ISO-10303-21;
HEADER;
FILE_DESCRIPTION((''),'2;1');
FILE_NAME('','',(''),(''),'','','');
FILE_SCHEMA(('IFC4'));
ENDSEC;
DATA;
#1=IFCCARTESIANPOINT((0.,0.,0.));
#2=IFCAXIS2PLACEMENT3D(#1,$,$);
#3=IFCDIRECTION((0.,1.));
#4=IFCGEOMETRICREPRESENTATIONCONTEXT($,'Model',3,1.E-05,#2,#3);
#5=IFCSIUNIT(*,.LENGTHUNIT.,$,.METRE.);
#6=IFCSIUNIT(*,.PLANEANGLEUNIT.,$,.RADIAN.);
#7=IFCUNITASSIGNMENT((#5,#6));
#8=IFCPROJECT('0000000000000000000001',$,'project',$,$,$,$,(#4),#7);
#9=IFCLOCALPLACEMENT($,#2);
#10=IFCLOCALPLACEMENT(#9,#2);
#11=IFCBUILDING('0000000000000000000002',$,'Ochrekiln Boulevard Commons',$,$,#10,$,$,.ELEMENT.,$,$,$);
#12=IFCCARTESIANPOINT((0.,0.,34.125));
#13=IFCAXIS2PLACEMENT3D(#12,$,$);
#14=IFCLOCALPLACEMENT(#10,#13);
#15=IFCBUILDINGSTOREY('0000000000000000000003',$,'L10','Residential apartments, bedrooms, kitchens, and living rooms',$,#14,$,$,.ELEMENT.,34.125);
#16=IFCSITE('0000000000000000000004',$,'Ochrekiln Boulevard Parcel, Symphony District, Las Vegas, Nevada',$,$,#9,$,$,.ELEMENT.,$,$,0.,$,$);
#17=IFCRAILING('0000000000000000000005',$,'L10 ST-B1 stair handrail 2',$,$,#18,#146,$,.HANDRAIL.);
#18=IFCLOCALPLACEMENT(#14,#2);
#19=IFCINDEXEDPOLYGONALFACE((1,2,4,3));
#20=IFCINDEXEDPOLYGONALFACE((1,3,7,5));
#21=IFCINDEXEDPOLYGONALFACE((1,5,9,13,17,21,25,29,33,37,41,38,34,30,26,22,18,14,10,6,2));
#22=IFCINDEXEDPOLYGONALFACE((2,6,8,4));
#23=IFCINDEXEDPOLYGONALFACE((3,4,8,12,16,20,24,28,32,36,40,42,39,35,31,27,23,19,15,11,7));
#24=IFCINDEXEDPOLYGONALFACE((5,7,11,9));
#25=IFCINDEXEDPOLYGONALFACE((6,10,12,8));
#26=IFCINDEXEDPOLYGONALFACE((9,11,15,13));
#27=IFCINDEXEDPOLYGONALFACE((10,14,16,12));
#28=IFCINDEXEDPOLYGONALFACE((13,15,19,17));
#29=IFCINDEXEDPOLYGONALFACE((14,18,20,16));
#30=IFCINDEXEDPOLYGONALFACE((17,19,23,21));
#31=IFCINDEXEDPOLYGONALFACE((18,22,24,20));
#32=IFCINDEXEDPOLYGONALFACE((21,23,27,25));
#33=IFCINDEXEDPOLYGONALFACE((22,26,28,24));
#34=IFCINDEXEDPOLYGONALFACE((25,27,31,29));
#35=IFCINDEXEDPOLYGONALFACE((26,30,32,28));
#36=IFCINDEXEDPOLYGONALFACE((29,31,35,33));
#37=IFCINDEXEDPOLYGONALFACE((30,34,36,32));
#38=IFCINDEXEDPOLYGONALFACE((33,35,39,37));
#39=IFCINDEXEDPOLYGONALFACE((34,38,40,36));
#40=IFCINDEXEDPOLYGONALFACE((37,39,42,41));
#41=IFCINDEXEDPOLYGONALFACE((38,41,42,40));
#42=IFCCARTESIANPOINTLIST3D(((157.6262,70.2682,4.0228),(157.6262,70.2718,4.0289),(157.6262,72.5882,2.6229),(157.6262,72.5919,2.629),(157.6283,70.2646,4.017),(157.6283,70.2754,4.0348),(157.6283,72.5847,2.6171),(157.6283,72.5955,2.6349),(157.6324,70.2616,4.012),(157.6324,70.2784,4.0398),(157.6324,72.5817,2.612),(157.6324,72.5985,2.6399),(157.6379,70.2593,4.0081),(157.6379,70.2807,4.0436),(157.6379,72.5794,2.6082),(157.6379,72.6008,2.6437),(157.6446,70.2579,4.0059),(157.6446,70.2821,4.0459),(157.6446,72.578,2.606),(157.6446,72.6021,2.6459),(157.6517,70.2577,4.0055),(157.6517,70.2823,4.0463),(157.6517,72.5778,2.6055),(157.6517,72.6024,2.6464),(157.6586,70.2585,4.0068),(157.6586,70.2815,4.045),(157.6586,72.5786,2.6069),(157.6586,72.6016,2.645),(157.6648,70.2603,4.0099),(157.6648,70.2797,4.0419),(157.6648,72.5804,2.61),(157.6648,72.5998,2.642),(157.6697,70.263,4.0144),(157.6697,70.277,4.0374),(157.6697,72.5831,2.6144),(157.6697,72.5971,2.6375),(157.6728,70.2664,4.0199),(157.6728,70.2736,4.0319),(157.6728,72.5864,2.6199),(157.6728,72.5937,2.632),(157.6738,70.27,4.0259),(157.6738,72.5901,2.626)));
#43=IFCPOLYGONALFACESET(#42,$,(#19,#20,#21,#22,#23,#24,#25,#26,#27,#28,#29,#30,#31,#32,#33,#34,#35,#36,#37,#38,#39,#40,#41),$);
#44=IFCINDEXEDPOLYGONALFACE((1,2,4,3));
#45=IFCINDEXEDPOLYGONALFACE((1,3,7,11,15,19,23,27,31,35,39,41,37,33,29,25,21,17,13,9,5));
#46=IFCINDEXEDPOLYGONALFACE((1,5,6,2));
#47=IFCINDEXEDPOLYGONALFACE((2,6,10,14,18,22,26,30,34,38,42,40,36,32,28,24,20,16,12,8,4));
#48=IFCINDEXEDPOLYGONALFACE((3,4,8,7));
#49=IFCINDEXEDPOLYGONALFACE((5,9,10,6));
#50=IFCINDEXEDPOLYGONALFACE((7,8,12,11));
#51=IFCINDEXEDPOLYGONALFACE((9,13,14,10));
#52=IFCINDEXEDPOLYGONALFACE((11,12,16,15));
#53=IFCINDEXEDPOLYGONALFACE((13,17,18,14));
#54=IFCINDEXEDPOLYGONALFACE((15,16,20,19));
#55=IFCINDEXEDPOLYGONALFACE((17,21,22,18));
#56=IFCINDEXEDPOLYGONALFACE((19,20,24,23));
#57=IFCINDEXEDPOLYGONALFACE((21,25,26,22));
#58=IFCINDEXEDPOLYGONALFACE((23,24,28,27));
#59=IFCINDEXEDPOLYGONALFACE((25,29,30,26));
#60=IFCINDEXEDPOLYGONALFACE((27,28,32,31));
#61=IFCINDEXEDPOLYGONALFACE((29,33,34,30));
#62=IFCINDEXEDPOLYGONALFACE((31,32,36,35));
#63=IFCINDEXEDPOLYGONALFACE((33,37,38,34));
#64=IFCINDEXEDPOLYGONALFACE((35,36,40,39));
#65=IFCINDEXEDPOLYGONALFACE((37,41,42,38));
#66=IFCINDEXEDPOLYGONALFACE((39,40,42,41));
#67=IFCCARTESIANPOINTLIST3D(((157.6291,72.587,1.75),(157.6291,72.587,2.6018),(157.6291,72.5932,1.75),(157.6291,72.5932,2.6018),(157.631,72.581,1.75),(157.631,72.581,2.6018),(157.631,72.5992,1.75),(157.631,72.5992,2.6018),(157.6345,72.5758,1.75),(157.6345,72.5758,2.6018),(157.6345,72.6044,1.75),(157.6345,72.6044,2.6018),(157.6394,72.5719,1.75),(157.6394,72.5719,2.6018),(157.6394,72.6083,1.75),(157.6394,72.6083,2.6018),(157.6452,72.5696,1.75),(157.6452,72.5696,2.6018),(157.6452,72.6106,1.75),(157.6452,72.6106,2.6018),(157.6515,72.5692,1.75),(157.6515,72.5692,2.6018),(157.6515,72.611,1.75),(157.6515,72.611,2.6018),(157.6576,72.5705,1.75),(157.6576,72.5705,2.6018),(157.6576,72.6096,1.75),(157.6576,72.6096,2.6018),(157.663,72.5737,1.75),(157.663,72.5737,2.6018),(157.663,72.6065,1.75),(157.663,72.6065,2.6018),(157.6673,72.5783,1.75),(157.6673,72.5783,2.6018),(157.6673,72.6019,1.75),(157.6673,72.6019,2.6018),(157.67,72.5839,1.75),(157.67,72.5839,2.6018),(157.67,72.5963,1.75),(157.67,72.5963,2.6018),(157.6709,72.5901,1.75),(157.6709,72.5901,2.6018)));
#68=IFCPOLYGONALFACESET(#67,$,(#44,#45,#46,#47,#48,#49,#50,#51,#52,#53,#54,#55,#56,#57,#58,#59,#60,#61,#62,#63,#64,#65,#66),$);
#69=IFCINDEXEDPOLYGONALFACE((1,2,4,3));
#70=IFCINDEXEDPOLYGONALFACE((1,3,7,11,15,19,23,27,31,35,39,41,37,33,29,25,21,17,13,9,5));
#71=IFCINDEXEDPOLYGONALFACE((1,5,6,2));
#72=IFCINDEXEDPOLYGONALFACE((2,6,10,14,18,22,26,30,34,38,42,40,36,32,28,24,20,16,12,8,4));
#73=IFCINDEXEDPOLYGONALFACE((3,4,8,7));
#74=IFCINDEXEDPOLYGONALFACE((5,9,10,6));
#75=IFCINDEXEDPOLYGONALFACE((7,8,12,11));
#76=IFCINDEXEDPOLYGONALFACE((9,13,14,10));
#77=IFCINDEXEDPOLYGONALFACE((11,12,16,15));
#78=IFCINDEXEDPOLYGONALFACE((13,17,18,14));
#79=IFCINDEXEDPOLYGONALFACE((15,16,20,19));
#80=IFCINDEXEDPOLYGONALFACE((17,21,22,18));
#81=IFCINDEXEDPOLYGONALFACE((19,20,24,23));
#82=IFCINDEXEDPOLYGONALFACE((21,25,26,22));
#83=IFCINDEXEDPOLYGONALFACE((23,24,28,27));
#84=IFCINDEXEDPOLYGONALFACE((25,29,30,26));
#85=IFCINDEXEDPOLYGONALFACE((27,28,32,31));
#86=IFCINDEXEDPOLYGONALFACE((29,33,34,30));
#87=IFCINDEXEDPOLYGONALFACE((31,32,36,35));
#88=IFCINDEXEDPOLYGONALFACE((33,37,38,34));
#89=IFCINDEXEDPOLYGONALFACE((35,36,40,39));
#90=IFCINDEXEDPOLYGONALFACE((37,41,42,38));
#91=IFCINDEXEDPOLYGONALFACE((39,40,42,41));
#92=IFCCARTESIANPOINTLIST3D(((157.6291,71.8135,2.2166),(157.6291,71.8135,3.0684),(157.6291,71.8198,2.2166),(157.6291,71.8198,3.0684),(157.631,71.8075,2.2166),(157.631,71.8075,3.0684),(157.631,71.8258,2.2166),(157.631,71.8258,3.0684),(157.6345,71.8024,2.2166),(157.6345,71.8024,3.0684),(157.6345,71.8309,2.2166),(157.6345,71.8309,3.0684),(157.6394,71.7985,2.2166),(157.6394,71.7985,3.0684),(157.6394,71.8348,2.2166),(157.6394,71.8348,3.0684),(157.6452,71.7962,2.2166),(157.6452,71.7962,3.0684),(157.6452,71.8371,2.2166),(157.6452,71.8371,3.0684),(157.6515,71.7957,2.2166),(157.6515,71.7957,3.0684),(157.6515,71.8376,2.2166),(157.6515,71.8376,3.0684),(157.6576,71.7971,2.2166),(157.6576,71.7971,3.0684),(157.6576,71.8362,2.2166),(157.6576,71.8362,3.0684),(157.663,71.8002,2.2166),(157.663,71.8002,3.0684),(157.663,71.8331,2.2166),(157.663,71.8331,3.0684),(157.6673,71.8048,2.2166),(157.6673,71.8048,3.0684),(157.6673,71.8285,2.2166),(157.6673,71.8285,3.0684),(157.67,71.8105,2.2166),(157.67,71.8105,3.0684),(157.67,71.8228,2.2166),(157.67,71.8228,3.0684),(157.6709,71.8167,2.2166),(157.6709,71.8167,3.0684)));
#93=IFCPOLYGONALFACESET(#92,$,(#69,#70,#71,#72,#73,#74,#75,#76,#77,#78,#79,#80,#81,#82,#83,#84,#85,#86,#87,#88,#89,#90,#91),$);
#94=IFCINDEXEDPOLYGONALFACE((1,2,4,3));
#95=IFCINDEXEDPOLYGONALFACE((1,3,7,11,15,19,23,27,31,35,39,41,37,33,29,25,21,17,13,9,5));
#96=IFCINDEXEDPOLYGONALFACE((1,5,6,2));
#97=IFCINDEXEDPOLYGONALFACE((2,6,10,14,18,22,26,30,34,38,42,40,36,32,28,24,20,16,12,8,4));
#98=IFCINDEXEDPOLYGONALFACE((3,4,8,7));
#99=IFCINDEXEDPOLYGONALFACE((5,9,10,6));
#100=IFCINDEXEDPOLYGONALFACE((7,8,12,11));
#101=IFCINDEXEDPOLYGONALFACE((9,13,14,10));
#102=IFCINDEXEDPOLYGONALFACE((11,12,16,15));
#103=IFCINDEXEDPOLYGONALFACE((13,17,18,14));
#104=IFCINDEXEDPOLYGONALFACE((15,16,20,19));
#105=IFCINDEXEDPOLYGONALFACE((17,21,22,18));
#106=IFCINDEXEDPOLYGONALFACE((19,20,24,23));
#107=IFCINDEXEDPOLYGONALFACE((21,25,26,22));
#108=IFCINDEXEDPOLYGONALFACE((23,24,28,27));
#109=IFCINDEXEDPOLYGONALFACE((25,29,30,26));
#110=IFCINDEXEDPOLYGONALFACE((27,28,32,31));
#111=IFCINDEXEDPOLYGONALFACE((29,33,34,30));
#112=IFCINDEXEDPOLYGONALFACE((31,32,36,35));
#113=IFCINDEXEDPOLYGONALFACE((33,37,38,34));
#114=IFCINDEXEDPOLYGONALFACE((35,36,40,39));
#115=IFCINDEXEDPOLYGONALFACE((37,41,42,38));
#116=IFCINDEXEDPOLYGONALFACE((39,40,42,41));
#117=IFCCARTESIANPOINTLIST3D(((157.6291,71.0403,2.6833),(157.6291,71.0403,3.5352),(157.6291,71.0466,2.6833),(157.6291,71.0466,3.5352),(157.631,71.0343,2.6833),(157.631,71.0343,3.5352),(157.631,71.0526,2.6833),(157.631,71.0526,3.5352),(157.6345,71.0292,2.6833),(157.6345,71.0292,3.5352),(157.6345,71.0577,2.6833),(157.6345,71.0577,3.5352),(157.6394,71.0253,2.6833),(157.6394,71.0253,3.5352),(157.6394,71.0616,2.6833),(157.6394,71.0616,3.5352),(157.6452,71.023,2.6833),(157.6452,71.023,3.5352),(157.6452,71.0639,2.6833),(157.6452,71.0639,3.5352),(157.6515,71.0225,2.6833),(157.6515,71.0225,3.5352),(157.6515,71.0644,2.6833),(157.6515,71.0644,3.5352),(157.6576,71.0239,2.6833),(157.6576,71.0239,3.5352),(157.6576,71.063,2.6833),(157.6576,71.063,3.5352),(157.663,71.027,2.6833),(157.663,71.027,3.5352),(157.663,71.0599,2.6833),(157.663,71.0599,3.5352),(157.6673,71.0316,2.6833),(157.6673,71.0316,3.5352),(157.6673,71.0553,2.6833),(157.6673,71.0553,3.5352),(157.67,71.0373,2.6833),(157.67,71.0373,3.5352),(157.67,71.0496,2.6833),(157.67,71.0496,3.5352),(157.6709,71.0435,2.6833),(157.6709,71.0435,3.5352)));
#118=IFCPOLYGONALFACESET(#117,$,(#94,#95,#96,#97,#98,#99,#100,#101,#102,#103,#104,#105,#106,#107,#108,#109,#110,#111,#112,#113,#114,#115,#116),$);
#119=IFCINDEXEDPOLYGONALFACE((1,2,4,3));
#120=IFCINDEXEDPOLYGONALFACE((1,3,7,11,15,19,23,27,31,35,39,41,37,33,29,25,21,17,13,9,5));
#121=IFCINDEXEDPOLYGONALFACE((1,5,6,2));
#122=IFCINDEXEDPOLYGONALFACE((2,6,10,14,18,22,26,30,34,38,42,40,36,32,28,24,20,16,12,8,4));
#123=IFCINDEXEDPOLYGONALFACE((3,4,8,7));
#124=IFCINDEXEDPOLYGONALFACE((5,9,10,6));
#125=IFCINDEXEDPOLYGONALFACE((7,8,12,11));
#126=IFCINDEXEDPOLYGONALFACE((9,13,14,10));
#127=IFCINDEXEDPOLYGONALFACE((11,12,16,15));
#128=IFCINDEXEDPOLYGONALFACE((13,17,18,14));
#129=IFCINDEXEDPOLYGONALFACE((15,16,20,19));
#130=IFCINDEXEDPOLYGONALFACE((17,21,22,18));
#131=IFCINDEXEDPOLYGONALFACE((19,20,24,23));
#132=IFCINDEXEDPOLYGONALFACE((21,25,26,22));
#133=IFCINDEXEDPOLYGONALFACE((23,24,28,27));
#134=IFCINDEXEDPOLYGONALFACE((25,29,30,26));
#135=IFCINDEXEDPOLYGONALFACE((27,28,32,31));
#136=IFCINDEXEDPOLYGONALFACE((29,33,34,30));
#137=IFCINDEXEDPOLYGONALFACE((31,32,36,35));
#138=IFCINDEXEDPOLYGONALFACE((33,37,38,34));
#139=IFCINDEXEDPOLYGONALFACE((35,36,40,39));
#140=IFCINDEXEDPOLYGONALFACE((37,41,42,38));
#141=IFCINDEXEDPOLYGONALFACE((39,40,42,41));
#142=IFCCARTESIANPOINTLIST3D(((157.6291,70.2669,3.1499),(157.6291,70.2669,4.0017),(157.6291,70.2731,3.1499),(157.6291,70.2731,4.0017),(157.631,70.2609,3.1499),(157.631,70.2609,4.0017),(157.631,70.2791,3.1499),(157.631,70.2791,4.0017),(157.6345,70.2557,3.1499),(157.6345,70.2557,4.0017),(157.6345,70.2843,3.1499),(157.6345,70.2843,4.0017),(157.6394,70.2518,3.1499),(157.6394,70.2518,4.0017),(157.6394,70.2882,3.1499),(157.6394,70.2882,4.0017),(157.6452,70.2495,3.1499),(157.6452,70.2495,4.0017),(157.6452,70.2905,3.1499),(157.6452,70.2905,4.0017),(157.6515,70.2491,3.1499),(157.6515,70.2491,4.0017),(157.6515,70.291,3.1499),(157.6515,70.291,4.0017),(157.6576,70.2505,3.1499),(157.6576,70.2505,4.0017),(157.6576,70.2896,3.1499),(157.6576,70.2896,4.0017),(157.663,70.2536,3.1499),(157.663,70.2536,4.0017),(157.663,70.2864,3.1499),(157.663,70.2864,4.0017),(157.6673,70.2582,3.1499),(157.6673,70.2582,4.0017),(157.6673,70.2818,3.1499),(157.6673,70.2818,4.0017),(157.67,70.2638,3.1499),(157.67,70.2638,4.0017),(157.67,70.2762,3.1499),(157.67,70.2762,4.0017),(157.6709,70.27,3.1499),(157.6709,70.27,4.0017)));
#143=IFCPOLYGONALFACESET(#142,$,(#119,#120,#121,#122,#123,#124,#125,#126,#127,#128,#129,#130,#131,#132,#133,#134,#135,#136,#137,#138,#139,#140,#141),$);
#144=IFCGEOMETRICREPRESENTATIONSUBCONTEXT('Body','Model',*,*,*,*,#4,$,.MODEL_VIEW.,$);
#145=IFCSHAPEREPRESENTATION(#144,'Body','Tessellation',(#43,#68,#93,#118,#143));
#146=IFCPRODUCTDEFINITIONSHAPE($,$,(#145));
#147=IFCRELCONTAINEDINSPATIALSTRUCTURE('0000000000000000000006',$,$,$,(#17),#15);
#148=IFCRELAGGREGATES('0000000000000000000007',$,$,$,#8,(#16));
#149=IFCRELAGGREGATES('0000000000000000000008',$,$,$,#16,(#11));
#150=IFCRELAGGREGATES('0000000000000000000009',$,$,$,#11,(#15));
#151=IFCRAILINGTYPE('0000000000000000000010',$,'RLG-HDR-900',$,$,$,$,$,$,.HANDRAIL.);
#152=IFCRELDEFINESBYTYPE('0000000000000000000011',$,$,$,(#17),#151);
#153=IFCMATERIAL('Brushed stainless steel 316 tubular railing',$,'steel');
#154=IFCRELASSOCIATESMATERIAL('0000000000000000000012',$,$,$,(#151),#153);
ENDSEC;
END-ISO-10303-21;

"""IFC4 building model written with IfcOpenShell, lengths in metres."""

from ifc_helpers import new_model, si_unit, direction, frame, origin, origin_2d, place, context, subcontext, project, spatial, circle, extrude, material, type_object, element, save


model = new_model("IFC4")

# Units and contexts
model_context = context("Model", 3, precision=1e-05, world=origin(), true_north=direction((0.0, 1.0)))
body_context = subcontext(model_context, "Body", "Model", "MODEL_VIEW")
ifc_project = project(units=[si_unit("LENGTHUNIT", "METRE"), si_unit("PLANEANGLEUNIT", "RADIAN")], contexts=[model_context])

# Site, building, storey
site_placement = place(None, origin())
site = spatial("IfcSite", under=ifc_project, at=site_placement, Name="Ochrekiln Boulevard Parcel, Symphony District, Las Vegas, Nevada", CompositionType="ELEMENT", RefElevation=0.0)
building_placement = place(site_placement, origin())
building = spatial("IfcBuilding", under=site, at=building_placement, Name="Ochrekiln Boulevard Commons", CompositionType="ELEMENT")
storey_placement = place(building_placement, frame((0.0, 0.0, 34.125)))
storey = spatial("IfcBuildingStorey", under=building, at=storey_placement, Name="L10", Description="Residential apartments, bedrooms, kitchens, and living rooms", CompositionType="ELEMENT", Elevation=34.125)

# Railing
ifc_material_1 = material(Name="Brushed stainless steel 316 tubular railing", Category="steel")
railing_type_1 = type_object("IfcRailingType", Name="RLG-HDR-900", PredefinedType="HANDRAIL", material=ifc_material_1)
railing_1_placement = place(storey_placement, frame((157.6499, 72.5901, 1.75)))
element("IfcRailing", 1, at=railing_1_placement, inside=storey, type_object=railing_type_1, Name="L10 ST-B1 stair handrail 2", PredefinedType="HANDRAIL", context=body_context, shape_type="SweptSolid", body=[
    extrude(circle(Radius=0.0239, at=origin_2d()), frame((0.0, 0.0, 0.876), z_axis=(0.0, -0.85621, 0.516627), x_axis=(1.0, 0.0, 0.0)), (0.0, 0.0, 1.0), 2.7097),
    extrude(circle(Radius=0.021, at=origin_2d()), origin(), (0.0, 0.0, 1.0), 0.8518),
    extrude(circle(Radius=0.021, at=origin_2d()), frame((0.0, -0.7734, 0.4666)), (0.0, 0.0, 1.0), 0.8518),
    extrude(circle(Radius=0.021, at=origin_2d()), frame((0.0, -1.5466, 0.9333)), (0.0, 0.0, 1.0), 0.8518),
    extrude(circle(Radius=0.021, at=origin_2d()), frame((0.0, -2.3201, 1.3999)), (0.0, 0.0, 1.0), 0.8518),
])

save(model, "model.ifc")
